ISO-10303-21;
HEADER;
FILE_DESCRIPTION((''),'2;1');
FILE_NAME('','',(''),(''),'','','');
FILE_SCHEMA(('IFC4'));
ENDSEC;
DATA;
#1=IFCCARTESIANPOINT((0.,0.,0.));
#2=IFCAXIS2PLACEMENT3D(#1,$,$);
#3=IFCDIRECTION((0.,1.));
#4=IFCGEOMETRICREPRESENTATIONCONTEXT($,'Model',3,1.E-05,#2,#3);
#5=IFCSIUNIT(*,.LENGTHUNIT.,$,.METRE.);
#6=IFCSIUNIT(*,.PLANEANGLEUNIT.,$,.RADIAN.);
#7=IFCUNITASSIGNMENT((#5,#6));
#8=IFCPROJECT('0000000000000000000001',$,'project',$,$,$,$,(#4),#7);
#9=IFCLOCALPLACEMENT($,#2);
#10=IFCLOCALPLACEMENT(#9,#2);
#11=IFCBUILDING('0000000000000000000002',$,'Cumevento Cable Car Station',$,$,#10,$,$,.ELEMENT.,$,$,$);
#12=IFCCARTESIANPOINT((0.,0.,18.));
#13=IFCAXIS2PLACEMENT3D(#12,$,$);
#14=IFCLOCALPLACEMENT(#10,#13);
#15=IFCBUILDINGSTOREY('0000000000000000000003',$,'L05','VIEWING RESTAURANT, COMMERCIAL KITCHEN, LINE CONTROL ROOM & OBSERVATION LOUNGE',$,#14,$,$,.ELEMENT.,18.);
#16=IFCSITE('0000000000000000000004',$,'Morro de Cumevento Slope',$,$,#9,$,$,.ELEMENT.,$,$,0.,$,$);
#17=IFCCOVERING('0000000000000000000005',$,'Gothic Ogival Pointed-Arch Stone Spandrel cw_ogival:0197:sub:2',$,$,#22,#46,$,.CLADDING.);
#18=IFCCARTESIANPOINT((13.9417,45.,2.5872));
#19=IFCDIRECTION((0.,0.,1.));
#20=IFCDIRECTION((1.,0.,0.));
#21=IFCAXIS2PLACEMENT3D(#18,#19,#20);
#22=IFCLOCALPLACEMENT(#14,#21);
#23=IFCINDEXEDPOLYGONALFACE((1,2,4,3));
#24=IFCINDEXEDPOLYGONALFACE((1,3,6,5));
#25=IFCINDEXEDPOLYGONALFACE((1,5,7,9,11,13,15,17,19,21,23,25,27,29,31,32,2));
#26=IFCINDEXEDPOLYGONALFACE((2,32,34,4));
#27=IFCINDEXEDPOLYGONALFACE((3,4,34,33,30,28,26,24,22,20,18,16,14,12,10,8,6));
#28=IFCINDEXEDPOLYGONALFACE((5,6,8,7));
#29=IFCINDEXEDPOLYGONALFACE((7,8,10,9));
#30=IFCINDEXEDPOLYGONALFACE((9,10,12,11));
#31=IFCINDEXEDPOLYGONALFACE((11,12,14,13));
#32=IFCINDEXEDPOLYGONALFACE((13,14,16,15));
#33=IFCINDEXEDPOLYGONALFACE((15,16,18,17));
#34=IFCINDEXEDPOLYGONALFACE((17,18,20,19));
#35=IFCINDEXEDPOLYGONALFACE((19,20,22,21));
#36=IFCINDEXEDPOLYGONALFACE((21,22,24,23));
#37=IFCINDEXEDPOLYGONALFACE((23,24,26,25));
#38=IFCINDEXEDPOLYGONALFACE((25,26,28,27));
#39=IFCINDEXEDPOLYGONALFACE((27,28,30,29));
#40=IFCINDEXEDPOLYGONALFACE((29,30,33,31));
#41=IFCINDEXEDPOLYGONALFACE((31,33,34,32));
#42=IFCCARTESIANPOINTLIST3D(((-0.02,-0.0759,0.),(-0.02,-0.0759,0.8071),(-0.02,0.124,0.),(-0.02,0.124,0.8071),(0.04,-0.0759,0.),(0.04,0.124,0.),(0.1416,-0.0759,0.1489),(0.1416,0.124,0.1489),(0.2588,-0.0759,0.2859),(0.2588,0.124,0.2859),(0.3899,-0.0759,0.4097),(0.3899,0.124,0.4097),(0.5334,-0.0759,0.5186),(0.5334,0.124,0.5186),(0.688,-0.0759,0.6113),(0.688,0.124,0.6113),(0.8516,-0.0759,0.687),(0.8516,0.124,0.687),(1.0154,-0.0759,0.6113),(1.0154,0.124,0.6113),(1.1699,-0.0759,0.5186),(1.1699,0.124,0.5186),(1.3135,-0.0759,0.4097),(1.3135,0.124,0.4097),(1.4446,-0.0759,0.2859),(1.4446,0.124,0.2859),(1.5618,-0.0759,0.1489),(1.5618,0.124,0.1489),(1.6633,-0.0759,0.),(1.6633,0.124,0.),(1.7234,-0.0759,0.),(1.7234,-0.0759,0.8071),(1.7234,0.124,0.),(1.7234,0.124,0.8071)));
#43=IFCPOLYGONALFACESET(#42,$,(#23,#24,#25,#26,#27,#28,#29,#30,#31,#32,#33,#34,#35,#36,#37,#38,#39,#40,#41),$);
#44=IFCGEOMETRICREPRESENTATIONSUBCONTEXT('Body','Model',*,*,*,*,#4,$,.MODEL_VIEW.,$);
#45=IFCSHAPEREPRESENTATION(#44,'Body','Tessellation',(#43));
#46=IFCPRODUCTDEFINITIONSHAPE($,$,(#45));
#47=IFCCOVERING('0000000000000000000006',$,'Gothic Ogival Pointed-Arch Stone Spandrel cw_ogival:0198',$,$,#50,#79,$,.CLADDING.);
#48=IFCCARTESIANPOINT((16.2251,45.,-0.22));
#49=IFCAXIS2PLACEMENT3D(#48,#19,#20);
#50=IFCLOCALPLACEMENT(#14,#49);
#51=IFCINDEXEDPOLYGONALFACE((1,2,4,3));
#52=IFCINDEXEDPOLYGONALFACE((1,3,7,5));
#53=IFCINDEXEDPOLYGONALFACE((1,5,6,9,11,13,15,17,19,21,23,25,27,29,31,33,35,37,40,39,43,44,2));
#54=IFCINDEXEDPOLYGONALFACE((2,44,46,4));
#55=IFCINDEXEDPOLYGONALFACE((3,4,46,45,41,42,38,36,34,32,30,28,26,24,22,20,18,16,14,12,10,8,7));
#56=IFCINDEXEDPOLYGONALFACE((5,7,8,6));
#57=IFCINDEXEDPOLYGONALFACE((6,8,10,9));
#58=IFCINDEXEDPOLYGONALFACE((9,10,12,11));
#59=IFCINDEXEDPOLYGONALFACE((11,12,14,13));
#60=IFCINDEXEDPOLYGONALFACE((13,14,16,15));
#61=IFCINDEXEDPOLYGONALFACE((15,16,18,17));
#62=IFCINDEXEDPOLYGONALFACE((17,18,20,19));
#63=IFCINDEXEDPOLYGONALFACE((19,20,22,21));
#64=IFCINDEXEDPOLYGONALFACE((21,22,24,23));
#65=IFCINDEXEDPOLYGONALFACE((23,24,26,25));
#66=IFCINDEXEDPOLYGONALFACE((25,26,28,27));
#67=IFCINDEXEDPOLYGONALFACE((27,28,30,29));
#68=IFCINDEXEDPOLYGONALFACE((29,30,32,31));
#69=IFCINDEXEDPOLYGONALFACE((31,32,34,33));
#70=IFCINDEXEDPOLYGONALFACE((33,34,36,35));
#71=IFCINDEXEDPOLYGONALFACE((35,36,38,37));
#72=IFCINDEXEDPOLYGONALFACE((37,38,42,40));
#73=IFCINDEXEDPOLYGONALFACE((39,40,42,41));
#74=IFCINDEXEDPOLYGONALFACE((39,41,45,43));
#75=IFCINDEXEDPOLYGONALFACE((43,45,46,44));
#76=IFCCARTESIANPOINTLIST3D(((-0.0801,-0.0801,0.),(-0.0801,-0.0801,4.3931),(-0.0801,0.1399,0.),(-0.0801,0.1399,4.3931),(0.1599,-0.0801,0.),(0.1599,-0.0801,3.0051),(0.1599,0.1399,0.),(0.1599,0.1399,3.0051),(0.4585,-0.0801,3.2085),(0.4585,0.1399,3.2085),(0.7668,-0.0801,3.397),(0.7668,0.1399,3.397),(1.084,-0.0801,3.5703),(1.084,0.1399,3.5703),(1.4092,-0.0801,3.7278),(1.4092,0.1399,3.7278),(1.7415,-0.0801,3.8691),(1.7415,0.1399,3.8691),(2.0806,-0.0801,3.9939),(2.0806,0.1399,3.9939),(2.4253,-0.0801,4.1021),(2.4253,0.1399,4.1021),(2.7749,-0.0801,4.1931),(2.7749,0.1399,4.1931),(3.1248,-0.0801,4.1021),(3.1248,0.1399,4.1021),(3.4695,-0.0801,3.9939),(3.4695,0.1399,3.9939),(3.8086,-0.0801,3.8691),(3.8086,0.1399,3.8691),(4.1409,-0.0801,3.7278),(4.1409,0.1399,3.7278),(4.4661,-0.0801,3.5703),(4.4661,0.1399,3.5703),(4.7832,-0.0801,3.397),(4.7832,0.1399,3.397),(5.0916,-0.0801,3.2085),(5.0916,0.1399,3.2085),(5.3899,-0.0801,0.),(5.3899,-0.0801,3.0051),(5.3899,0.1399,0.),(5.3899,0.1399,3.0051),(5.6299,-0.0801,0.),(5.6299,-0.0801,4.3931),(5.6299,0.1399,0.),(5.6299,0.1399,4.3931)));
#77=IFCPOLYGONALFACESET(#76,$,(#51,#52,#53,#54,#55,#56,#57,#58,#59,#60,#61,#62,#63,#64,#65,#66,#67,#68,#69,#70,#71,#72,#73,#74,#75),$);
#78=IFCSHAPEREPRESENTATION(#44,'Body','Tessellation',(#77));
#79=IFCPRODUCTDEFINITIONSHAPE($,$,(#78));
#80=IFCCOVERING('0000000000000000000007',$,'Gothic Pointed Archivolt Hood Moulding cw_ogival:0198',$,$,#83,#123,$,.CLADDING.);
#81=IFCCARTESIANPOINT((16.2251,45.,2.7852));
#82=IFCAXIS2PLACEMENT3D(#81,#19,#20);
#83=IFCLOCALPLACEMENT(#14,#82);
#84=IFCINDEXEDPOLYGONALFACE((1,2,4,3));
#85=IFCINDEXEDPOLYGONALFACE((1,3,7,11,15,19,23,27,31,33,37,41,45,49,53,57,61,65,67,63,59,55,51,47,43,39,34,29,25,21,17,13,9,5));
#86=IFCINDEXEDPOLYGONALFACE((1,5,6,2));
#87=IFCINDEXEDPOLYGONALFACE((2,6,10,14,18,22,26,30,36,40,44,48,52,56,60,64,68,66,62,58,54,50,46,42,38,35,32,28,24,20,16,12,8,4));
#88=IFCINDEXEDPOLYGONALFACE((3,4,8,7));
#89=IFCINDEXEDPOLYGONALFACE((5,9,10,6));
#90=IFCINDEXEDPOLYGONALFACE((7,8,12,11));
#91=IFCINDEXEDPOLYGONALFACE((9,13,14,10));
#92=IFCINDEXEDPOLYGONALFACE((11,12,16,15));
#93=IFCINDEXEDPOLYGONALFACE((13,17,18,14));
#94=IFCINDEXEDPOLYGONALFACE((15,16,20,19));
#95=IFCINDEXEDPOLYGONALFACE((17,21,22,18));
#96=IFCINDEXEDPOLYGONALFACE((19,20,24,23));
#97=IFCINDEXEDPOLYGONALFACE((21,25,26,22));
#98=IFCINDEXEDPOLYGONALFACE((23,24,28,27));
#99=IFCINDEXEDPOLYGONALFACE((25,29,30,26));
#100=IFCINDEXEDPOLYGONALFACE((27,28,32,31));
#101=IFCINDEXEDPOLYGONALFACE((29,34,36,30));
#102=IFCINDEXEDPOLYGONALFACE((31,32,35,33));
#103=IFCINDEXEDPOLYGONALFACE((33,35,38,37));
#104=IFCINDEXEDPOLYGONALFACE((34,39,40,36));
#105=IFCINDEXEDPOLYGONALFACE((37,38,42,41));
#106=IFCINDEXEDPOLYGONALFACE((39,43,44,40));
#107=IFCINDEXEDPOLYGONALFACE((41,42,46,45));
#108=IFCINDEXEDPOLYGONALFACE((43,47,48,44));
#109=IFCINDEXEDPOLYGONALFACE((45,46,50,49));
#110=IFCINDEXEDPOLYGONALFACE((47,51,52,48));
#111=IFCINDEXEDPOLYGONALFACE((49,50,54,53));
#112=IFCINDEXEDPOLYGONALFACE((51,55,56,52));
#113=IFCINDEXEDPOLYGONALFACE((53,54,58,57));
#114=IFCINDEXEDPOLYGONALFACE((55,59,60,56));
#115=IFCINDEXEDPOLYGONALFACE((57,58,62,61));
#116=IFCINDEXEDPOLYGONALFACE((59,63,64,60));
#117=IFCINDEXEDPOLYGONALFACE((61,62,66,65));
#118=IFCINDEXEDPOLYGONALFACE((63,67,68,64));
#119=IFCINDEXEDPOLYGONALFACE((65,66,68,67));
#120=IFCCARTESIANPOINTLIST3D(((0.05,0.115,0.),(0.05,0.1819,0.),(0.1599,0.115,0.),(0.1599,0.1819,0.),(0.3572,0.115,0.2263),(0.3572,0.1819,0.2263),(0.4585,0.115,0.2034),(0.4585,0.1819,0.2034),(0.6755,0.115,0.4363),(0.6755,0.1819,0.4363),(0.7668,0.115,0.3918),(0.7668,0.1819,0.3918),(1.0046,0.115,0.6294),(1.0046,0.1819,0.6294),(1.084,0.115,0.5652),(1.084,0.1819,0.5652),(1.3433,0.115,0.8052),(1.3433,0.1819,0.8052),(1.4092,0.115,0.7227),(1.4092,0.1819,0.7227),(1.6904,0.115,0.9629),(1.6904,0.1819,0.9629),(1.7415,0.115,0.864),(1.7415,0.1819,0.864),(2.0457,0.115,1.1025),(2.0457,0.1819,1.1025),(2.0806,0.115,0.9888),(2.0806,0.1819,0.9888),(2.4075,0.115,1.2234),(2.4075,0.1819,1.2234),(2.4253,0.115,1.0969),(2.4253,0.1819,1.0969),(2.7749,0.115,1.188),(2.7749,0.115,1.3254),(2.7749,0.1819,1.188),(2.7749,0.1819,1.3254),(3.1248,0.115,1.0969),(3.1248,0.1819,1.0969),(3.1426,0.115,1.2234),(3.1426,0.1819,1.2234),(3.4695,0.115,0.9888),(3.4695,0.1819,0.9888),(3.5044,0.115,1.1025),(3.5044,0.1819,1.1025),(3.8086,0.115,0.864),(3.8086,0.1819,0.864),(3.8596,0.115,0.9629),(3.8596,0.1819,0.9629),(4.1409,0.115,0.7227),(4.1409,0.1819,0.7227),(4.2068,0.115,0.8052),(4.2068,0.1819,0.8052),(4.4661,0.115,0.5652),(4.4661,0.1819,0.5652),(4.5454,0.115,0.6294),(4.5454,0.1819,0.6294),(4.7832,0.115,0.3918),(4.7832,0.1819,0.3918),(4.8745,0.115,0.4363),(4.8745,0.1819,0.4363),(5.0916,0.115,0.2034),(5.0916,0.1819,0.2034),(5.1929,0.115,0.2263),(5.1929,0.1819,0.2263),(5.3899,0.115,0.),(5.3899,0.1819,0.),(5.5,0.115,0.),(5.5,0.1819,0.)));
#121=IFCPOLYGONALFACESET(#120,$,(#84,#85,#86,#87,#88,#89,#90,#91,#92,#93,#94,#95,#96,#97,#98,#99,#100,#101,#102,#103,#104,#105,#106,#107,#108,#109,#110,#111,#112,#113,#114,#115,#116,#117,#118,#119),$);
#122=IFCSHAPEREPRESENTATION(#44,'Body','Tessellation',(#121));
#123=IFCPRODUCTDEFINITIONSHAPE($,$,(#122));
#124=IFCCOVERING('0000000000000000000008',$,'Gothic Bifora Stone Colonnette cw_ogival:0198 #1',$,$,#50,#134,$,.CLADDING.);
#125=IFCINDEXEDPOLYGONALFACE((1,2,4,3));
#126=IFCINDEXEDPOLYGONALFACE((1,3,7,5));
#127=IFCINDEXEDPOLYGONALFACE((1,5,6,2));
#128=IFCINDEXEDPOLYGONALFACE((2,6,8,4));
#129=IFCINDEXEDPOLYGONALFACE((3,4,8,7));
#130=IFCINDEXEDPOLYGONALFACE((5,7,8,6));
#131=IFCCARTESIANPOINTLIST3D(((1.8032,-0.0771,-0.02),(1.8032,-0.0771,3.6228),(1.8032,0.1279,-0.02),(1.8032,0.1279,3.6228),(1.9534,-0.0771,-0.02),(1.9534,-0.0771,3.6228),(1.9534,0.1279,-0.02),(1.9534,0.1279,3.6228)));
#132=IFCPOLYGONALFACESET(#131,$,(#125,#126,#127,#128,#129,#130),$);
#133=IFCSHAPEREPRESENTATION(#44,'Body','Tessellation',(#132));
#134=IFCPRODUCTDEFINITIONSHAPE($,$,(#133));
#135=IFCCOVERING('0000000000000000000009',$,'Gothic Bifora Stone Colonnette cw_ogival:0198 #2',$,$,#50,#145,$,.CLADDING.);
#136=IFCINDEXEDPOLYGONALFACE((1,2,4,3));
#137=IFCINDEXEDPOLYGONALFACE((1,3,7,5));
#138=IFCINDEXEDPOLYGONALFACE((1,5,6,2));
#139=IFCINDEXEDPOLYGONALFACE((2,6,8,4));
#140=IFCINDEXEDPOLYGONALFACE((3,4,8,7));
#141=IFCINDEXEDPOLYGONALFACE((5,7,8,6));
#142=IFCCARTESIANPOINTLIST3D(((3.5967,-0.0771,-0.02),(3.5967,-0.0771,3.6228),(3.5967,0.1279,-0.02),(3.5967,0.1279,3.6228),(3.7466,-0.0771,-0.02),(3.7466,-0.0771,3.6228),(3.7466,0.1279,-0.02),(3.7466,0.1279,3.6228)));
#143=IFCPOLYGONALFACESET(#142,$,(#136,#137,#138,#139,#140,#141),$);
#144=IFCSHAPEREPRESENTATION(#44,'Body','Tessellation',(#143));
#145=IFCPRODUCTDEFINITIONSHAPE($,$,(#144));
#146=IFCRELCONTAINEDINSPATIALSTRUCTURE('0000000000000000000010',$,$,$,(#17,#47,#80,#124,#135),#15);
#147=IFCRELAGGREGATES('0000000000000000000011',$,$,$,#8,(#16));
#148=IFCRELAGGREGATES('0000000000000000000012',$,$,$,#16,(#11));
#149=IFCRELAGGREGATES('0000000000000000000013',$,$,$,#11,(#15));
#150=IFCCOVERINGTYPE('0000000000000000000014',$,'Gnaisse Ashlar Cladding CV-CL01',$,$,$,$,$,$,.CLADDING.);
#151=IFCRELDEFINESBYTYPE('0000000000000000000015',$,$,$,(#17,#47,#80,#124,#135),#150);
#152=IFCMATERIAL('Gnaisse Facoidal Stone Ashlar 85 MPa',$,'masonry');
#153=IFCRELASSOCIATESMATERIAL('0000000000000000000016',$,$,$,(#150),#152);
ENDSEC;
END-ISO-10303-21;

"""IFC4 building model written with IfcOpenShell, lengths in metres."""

from ifc_helpers import new_model, si_unit, direction, frame, origin, place, context, subcontext, project, spatial, polyline, outline, extrude, material, type_object, element, save


model = new_model("IFC4")

# Units and contexts
model_context = context("Model", 3, precision=1e-05, world=origin(), true_north=direction((0.0, 1.0)))
body_context = subcontext(model_context, "Body", "Model", "MODEL_VIEW")
ifc_project = project(units=[si_unit("LENGTHUNIT", "METRE"), si_unit("PLANEANGLEUNIT", "RADIAN")], contexts=[model_context])

# Site, building, storey
site_placement = place(None, origin())
site = spatial("IfcSite", under=ifc_project, at=site_placement, Name="Morro de Cumevento Slope", CompositionType="ELEMENT", RefElevation=0.0)
building_placement = place(site_placement, origin())
building = spatial("IfcBuilding", under=site, at=building_placement, Name="Cumevento Cable Car Station", CompositionType="ELEMENT")
storey_placement = place(building_placement, frame((0.0, 0.0, 18.0)))
storey = spatial("IfcBuildingStorey", under=building, at=storey_placement, Name="L05", Description="VIEWING RESTAURANT, COMMERCIAL KITCHEN, LINE CONTROL ROOM & OBSERVATION LOUNGE", CompositionType="ELEMENT", Elevation=18.0)

# Coverings
ifc_material_1 = material(Name="Gnaisse Facoidal Stone Ashlar 85 MPa", Category="masonry")
covering_type = type_object("IfcCoveringType", Name="Gnaisse Ashlar Cladding CV-CL01", PredefinedType="CLADDING", material=ifc_material_1)
covering_1_placement = place(storey_placement, frame((13.9417, 45.0, 2.5872), z_axis=(0.0, 0.0, 1.0), x_axis=(1.0, 0.0, 0.0)))
element("IfcCovering", 1, at=covering_1_placement, inside=storey, type_object=covering_type, Name="Gothic Ogival Pointed-Arch Stone Spandrel cw_ogival:0197:sub:2", PredefinedType="CLADDING", context=body_context, shape_type="SweptSolid", body=[
    extrude(outline(polyline([(-0.02, 0.0), (-0.02, 0.8071), (1.7234, 0.8071), (1.7234, 0.0), (1.6633, 0.0), (1.5618, 0.1489), (1.4446, 0.2859), (1.3135, 0.4097), (1.1699, 0.5186), (1.0154, 0.6113), (0.8516, 0.687), (0.688, 0.6113), (0.5334, 0.5186), (0.3899, 0.4097), (0.2588, 0.2859), (0.1416, 0.1489), (0.04, 0.0), (-0.02, 0.0)])), frame((0.0, 0.124, 0.0), z_axis=(0.0, -1.0, 0.0), x_axis=(1.0, 0.0, 0.0)), (0.0, 0.0, 1.0), 0.2),
])
placement = place(storey_placement, frame((16.2251, 45.0, -0.22), z_axis=(0.0, 0.0, 1.0), x_axis=(1.0, 0.0, 0.0)))
element("IfcCovering", 2, at=placement, inside=storey, type_object=covering_type, Name="Gothic Ogival Pointed-Arch Stone Spandrel cw_ogival:0198", PredefinedType="CLADDING", context=body_context, shape_type="SweptSolid", body=[
    extrude(outline(polyline([(-0.0801, 0.0), (-0.0801, 4.3931), (5.6299, 4.3931), (5.6299, 0.0), (5.3899, 0.0), (5.3899, 3.0051), (5.0916, 3.2085), (4.7832, 3.397), (4.4661, 3.5703), (4.1409, 3.7278), (3.8086, 3.8691), (3.4695, 3.9939), (3.1248, 4.1021), (2.7749, 4.1931), (2.4253, 4.1021), (2.0806, 3.9939), (1.7415, 3.8691), (1.4092, 3.7278), (1.084, 3.5703), (0.7668, 3.397), (0.4585, 3.2085), (0.1599, 3.0051), (0.1599, 0.0), (-0.0801, 0.0)])), frame((0.0, 0.1399, 0.0), z_axis=(0.0, -1.0, 0.0), x_axis=(1.0, 0.0, 0.0)), (0.0, 0.0, 1.0), 0.22),
])
covering_2_placement = place(storey_placement, frame((16.2251, 45.0, 2.7852), z_axis=(0.0, 0.0, 1.0), x_axis=(1.0, 0.0, 0.0)))
element("IfcCovering", 3, at=covering_2_placement, inside=storey, type_object=covering_type, Name="Gothic Pointed Archivolt Hood Moulding cw_ogival:0198", PredefinedType="CLADDING", context=body_context, shape_type="SweptSolid", body=[
    extrude(outline(polyline([(0.1599, 0.0), (0.4585, 0.2034), (0.7668, 0.3918), (1.084, 0.5652), (1.4092, 0.7227), (1.7415, 0.864), (2.0806, 0.9888), (2.4253, 1.0969), (2.7749, 1.188), (3.1248, 1.0969), (3.4695, 0.9888), (3.8086, 0.864), (4.1409, 0.7227), (4.4661, 0.5652), (4.7832, 0.3918), (5.0916, 0.2034), (5.3899, 0.0), (5.5, 0.0), (5.1929, 0.2263), (4.8745, 0.4363), (4.5454, 0.6294), (4.2068, 0.8052), (3.8596, 0.9629), (3.5044, 1.1025), (3.1426, 1.2234), (2.7749, 1.3254), (2.4075, 1.2234), (2.0457, 1.1025), (1.6904, 0.9629), (1.3433, 0.8052), (1.0046, 0.6294), (0.6755, 0.4363), (0.3572, 0.2263), (0.05, 0.0), (0.1599, 0.0)])), frame((0.0, 0.1819, 0.0), z_axis=(0.0, -1.0, 0.0), x_axis=(1.0, 0.0, 0.0)), (0.0, 0.0, 1.0), 0.0669),
])
element("IfcCovering", 4, at=placement, inside=storey, type_object=covering_type, Name="Gothic Bifora Stone Colonnette cw_ogival:0198 #1", PredefinedType="CLADDING", context=body_context, shape_type="SweptSolid", body=[
    extrude(outline(polyline([(1.8032, -0.02), (1.9534, -0.02), (1.9534, 3.6228), (1.8032, 3.6228), (1.8032, -0.02)])), frame((0.0, 0.1279, 0.0), z_axis=(0.0, -1.0, 0.0), x_axis=(1.0, 0.0, 0.0)), (0.0, 0.0, 1.0), 0.2051),
])
element("IfcCovering", 5, at=placement, inside=storey, type_object=covering_type, Name="Gothic Bifora Stone Colonnette cw_ogival:0198 #2", PredefinedType="CLADDING", context=body_context, shape_type="SweptSolid", body=[
    extrude(outline(polyline([(3.5967, -0.02), (3.7466, -0.02), (3.7466, 3.6228), (3.5967, 3.6228), (3.5967, -0.02)])), frame((0.0, 0.1279, 0.0), z_axis=(0.0, -1.0, 0.0), x_axis=(1.0, 0.0, 0.0)), (0.0, 0.0, 1.0), 0.2051),
])

save(model, "model.ifc")
